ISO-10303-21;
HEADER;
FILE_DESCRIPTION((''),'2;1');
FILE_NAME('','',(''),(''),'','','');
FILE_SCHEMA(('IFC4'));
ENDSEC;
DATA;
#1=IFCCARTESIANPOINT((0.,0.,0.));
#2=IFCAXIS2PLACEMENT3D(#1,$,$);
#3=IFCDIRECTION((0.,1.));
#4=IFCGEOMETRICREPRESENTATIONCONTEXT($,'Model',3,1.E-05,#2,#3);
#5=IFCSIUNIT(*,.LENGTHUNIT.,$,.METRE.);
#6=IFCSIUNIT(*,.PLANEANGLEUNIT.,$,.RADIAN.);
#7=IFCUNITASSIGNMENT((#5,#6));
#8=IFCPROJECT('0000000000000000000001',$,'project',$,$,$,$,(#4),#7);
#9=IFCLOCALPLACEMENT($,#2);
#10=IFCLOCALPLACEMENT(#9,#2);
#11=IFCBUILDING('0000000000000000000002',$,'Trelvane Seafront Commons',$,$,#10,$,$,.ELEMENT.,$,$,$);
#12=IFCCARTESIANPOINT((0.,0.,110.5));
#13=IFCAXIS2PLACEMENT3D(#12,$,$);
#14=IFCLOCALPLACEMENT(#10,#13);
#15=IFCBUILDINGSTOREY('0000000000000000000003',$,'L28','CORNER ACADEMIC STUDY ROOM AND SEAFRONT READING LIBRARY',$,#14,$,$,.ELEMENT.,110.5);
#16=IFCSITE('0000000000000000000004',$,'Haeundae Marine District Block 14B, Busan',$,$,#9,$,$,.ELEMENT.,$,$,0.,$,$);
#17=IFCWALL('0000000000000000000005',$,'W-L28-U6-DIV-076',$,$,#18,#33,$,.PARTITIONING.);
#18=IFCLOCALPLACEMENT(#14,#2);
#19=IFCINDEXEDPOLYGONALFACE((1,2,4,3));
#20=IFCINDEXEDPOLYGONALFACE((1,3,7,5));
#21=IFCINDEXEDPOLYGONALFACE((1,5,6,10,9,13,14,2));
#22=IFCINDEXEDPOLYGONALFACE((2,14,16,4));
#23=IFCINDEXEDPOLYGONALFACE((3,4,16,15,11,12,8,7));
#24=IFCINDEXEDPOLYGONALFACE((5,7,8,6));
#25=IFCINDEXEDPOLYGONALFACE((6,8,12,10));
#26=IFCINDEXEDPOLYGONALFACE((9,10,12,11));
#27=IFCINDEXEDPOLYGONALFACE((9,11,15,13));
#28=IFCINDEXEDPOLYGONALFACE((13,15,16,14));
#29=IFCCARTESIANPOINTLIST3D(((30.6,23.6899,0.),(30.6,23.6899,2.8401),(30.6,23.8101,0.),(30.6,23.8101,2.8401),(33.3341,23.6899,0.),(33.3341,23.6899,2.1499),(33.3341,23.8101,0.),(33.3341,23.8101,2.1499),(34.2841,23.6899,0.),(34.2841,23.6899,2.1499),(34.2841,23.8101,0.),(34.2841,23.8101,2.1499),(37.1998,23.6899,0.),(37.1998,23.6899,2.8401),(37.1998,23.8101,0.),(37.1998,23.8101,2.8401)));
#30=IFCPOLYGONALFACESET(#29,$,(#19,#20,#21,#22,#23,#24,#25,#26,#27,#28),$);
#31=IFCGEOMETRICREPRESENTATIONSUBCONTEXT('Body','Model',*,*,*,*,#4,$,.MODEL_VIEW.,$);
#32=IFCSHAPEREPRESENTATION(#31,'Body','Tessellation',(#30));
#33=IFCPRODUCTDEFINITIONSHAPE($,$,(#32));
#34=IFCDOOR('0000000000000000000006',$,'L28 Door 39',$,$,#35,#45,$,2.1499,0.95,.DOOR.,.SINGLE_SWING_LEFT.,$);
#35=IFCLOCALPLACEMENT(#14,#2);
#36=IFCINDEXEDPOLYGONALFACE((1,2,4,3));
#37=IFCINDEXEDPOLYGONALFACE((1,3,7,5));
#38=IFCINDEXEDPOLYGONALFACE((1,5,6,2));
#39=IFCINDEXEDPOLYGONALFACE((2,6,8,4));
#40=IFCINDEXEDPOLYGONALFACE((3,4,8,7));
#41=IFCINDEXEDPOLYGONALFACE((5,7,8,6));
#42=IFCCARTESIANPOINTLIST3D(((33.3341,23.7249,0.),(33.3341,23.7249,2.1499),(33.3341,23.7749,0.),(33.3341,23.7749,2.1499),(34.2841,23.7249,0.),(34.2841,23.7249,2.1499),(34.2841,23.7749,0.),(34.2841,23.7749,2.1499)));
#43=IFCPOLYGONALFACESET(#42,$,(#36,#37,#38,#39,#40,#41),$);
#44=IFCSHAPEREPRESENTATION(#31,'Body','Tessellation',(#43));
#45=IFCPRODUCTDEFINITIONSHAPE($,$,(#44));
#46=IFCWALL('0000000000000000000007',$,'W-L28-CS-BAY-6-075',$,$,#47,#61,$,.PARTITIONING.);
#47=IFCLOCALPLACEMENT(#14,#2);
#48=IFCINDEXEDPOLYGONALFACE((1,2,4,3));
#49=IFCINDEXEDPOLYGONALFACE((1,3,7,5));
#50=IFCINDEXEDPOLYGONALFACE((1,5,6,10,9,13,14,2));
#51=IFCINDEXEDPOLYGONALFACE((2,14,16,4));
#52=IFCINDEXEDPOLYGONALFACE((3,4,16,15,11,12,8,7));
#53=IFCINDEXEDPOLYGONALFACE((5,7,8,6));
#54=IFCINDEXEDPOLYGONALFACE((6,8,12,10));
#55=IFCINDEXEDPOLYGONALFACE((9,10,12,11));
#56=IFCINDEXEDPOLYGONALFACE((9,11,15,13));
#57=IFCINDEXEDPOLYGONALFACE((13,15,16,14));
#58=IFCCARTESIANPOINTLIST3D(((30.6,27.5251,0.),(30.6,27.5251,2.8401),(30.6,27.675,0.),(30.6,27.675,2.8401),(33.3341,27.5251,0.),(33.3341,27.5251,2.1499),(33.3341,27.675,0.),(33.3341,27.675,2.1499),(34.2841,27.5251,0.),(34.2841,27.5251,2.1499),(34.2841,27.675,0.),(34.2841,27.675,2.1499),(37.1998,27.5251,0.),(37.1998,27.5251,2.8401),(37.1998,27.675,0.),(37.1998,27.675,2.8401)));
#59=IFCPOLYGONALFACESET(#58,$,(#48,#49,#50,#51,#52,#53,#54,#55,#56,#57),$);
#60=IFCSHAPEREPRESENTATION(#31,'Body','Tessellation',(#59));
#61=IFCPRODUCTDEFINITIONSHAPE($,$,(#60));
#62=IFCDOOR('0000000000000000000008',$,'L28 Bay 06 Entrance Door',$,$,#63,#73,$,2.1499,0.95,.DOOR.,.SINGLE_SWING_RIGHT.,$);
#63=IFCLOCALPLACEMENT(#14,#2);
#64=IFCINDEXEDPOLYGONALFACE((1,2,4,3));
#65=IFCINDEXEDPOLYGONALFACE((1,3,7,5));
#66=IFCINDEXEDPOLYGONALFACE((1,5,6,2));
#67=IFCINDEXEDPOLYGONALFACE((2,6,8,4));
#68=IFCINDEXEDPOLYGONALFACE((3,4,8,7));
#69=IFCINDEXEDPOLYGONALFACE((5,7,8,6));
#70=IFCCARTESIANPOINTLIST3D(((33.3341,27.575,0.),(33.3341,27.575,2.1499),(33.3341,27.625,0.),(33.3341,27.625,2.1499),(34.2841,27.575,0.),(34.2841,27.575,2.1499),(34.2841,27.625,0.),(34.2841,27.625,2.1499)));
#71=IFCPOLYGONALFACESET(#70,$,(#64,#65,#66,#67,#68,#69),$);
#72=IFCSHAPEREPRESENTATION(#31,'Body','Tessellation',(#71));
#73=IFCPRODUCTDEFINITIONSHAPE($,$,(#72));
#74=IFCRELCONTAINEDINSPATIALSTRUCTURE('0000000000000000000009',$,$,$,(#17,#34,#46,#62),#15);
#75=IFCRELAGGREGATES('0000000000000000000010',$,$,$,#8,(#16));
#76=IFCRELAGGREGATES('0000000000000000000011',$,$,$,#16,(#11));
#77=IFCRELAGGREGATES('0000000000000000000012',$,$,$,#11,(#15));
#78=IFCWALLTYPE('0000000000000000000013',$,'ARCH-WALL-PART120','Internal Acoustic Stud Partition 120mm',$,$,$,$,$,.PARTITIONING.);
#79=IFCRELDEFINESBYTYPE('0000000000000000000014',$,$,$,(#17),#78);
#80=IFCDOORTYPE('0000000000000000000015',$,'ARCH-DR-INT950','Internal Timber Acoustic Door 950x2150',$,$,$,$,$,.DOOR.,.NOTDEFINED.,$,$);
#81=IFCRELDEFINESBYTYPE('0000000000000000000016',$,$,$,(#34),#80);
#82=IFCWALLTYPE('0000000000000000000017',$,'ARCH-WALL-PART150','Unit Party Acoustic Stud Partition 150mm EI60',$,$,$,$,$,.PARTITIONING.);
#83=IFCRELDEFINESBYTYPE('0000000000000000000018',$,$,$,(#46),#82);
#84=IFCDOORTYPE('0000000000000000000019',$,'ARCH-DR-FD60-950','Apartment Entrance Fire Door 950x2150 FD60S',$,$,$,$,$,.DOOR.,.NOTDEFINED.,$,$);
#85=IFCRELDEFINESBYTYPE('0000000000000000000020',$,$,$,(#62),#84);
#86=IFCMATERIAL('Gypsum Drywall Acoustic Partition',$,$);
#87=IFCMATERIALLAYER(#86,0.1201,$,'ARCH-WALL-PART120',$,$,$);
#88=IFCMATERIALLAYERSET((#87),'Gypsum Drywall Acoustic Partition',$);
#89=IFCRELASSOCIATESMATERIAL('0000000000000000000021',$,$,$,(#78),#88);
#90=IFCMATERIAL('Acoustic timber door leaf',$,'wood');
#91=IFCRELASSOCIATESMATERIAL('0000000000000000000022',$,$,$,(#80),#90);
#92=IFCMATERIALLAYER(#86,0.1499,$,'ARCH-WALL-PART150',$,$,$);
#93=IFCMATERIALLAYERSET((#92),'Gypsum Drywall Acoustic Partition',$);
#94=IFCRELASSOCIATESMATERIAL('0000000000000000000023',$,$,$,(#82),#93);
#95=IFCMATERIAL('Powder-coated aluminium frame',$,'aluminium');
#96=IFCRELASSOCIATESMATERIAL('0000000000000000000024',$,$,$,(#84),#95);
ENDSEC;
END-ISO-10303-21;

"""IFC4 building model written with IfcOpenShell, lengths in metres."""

from ifc_helpers import new_model, si_unit, direction, frame, frame_2d, origin, place, context, subcontext, project, spatial, rectangle, extrude, source, transform, mapped, material, layer, layer_set, type_object, element, fill, save


model = new_model("IFC4")

# Units and contexts
model_context = context("Model", 3, precision=1e-05, world=origin(), true_north=direction((0.0, 1.0)))
body_context = subcontext(model_context, "Body", "Model", "MODEL_VIEW")
ifc_project = project(units=[si_unit("LENGTHUNIT", "METRE"), si_unit("PLANEANGLEUNIT", "RADIAN")], contexts=[model_context])

# Site, building, storey
site_placement = place(None, origin())
site = spatial("IfcSite", under=ifc_project, at=site_placement, Name="Haeundae Marine District Block 14B, Busan", CompositionType="ELEMENT", RefElevation=0.0)
building_placement = place(site_placement, origin())
building = spatial("IfcBuilding", under=site, at=building_placement, Name="Trelvane Seafront Commons", CompositionType="ELEMENT")
storey_placement = place(building_placement, frame((0.0, 0.0, 110.5)))
storey = spatial("IfcBuildingStorey", under=building, at=storey_placement, Name="L28", Description="CORNER ACADEMIC STUDY ROOM AND SEAFRONT READING LIBRARY", CompositionType="ELEMENT", Elevation=110.5)

# Shared definitions
ifc_material_1 = material(Name="Gypsum Drywall Acoustic Partition")
ifc_layer_1 = layer(ifc_material_1, 0.1201, Name="ARCH-WALL-PART120")
ifc_layer_set_1 = layer_set([ifc_layer_1], Name="Gypsum Drywall Acoustic Partition")
wall_type_1 = type_object("IfcWallType", Name="ARCH-WALL-PART120", Description="Internal Acoustic Stud Partition 120mm", PredefinedType="PARTITIONING", material=ifc_layer_set_1)

# Walls, openings, doors
ifc_material_2 = material(Name="Acoustic timber door leaf", Category="wood")
door_type_1 = type_object("IfcDoorType", Name="ARCH-DR-INT950", Description="Internal Timber Acoustic Door 950x2150", OperationType="NOTDEFINED", PredefinedType="DOOR", material=ifc_material_2)
shared_shape_1 = source(origin(), body_context, "Body", "SweptSolid", [
    extrude(rectangle(XDim=0.95, YDim=2.1499, at=frame_2d((0.4751, 1.075))), frame((0.0, 0.0249, 0.0), z_axis=(0.0, -1.0, 0.0), x_axis=(1.0, 0.0, 0.0)), (0.0, 0.0, 1.0), 0.05),
])
wall_1_placement = place(storey_placement, frame((30.6001, 23.75, 0.0), z_axis=(0.0, 0.0, 1.0), x_axis=(1.0, 0.0, 0.0)))
wall_1 = element("IfcWall", 1, at=wall_1_placement, inside=storey, type_object=wall_type_1, Name="W-L28-U6-DIV-076", PredefinedType="PARTITIONING", context=body_context, shape_type="SweptSolid", body=[
    extrude(rectangle(XDim=6.5999, YDim=0.1201, at=frame_2d((3.2998, 0.0))), origin(), (0.0, 0.0, 1.0), 2.8401),
])
opening_1_placement = place(wall_1_placement, frame((2.7339, 0.0, 0.0)))
opening_1 = element("IfcOpeningElement", 2, at=opening_1_placement, cuts=wall_1, PredefinedType="OPENING", context=body_context, shape_type="SweptSolid", body=[
    extrude(rectangle(XDim=0.95, YDim=2.1499, at=frame_2d((0.4751, 1.075))), frame((0.0, 0.0701, 0.0), z_axis=(0.0, -1.0, 0.0), x_axis=(1.0, 0.0, 0.0)), (0.0, 0.0, 1.0), 0.1401),
])
door_1_placement = place(opening_1_placement, origin())
door_1 = element("IfcDoor", 3, at=door_1_placement, inside=storey, type_object=door_type_1, Name="L28 Door 39", OperationType="SINGLE_SWING_LEFT", OverallHeight=2.1499, OverallWidth=0.95, PredefinedType="DOOR", context=body_context, shape_type="MappedRepresentation", body=[
    mapped(shared_shape_1, transform((0.0, 0.0, 0.0), x_axis=(1.0, 0.0, 0.0), y_axis=(0.0, 1.0, 0.0), z_axis=(0.0, 0.0, 1.0), scale=1.0)),
])
fill(opening_1, door_1)
ifc_layer_2 = layer(ifc_material_1, 0.1499, Name="ARCH-WALL-PART150")
ifc_layer_set_2 = layer_set([ifc_layer_2], Name="Gypsum Drywall Acoustic Partition")
wall_type_2 = type_object("IfcWallType", Name="ARCH-WALL-PART150", Description="Unit Party Acoustic Stud Partition 150mm EI60", PredefinedType="PARTITIONING", material=ifc_layer_set_2)
ifc_material_3 = material(Name="Powder-coated aluminium frame", Category="aluminium")
door_type_2 = type_object("IfcDoorType", Name="ARCH-DR-FD60-950", Description="Apartment Entrance Fire Door 950x2150 FD60S", OperationType="NOTDEFINED", PredefinedType="DOOR", material=ifc_material_3)
wall_2_placement = place(storey_placement, frame((30.6001, 27.6001, 0.0), z_axis=(0.0, 0.0, 1.0), x_axis=(1.0, 0.0, 0.0)))
wall_2 = element("IfcWall", 4, at=wall_2_placement, inside=storey, type_object=wall_type_2, Name="W-L28-CS-BAY-6-075", PredefinedType="PARTITIONING", context=body_context, shape_type="SweptSolid", body=[
    extrude(rectangle(XDim=6.5999, YDim=0.1499, at=frame_2d((3.2998, 0.0))), origin(), (0.0, 0.0, 1.0), 2.8401),
])
opening_2_placement = place(wall_2_placement, frame((2.7339, 0.0, 0.0)))
opening_2 = element("IfcOpeningElement", 5, at=opening_2_placement, cuts=wall_2, PredefinedType="OPENING", context=body_context, shape_type="SweptSolid", body=[
    extrude(rectangle(XDim=0.95, YDim=2.1499, at=frame_2d((0.4751, 1.075))), frame((0.0, 0.085, 0.0), z_axis=(0.0, -1.0, 0.0), x_axis=(1.0, 0.0, 0.0)), (0.0, 0.0, 1.0), 0.1699),
])
door_2_placement = place(opening_2_placement, origin())
door_2 = element("IfcDoor", 6, at=door_2_placement, inside=storey, type_object=door_type_2, Name="L28 Bay 06 Entrance Door", OperationType="SINGLE_SWING_RIGHT", OverallHeight=2.1499, OverallWidth=0.95, PredefinedType="DOOR", context=body_context, shape_type="MappedRepresentation", body=[
    mapped(shared_shape_1, transform((0.0, 0.0, 0.0), x_axis=(1.0, 0.0, 0.0), y_axis=(0.0, 1.0, 0.0), z_axis=(0.0, 0.0, 1.0), scale=1.0)),
])
fill(opening_2, door_2)

save(model, "model.ifc")
